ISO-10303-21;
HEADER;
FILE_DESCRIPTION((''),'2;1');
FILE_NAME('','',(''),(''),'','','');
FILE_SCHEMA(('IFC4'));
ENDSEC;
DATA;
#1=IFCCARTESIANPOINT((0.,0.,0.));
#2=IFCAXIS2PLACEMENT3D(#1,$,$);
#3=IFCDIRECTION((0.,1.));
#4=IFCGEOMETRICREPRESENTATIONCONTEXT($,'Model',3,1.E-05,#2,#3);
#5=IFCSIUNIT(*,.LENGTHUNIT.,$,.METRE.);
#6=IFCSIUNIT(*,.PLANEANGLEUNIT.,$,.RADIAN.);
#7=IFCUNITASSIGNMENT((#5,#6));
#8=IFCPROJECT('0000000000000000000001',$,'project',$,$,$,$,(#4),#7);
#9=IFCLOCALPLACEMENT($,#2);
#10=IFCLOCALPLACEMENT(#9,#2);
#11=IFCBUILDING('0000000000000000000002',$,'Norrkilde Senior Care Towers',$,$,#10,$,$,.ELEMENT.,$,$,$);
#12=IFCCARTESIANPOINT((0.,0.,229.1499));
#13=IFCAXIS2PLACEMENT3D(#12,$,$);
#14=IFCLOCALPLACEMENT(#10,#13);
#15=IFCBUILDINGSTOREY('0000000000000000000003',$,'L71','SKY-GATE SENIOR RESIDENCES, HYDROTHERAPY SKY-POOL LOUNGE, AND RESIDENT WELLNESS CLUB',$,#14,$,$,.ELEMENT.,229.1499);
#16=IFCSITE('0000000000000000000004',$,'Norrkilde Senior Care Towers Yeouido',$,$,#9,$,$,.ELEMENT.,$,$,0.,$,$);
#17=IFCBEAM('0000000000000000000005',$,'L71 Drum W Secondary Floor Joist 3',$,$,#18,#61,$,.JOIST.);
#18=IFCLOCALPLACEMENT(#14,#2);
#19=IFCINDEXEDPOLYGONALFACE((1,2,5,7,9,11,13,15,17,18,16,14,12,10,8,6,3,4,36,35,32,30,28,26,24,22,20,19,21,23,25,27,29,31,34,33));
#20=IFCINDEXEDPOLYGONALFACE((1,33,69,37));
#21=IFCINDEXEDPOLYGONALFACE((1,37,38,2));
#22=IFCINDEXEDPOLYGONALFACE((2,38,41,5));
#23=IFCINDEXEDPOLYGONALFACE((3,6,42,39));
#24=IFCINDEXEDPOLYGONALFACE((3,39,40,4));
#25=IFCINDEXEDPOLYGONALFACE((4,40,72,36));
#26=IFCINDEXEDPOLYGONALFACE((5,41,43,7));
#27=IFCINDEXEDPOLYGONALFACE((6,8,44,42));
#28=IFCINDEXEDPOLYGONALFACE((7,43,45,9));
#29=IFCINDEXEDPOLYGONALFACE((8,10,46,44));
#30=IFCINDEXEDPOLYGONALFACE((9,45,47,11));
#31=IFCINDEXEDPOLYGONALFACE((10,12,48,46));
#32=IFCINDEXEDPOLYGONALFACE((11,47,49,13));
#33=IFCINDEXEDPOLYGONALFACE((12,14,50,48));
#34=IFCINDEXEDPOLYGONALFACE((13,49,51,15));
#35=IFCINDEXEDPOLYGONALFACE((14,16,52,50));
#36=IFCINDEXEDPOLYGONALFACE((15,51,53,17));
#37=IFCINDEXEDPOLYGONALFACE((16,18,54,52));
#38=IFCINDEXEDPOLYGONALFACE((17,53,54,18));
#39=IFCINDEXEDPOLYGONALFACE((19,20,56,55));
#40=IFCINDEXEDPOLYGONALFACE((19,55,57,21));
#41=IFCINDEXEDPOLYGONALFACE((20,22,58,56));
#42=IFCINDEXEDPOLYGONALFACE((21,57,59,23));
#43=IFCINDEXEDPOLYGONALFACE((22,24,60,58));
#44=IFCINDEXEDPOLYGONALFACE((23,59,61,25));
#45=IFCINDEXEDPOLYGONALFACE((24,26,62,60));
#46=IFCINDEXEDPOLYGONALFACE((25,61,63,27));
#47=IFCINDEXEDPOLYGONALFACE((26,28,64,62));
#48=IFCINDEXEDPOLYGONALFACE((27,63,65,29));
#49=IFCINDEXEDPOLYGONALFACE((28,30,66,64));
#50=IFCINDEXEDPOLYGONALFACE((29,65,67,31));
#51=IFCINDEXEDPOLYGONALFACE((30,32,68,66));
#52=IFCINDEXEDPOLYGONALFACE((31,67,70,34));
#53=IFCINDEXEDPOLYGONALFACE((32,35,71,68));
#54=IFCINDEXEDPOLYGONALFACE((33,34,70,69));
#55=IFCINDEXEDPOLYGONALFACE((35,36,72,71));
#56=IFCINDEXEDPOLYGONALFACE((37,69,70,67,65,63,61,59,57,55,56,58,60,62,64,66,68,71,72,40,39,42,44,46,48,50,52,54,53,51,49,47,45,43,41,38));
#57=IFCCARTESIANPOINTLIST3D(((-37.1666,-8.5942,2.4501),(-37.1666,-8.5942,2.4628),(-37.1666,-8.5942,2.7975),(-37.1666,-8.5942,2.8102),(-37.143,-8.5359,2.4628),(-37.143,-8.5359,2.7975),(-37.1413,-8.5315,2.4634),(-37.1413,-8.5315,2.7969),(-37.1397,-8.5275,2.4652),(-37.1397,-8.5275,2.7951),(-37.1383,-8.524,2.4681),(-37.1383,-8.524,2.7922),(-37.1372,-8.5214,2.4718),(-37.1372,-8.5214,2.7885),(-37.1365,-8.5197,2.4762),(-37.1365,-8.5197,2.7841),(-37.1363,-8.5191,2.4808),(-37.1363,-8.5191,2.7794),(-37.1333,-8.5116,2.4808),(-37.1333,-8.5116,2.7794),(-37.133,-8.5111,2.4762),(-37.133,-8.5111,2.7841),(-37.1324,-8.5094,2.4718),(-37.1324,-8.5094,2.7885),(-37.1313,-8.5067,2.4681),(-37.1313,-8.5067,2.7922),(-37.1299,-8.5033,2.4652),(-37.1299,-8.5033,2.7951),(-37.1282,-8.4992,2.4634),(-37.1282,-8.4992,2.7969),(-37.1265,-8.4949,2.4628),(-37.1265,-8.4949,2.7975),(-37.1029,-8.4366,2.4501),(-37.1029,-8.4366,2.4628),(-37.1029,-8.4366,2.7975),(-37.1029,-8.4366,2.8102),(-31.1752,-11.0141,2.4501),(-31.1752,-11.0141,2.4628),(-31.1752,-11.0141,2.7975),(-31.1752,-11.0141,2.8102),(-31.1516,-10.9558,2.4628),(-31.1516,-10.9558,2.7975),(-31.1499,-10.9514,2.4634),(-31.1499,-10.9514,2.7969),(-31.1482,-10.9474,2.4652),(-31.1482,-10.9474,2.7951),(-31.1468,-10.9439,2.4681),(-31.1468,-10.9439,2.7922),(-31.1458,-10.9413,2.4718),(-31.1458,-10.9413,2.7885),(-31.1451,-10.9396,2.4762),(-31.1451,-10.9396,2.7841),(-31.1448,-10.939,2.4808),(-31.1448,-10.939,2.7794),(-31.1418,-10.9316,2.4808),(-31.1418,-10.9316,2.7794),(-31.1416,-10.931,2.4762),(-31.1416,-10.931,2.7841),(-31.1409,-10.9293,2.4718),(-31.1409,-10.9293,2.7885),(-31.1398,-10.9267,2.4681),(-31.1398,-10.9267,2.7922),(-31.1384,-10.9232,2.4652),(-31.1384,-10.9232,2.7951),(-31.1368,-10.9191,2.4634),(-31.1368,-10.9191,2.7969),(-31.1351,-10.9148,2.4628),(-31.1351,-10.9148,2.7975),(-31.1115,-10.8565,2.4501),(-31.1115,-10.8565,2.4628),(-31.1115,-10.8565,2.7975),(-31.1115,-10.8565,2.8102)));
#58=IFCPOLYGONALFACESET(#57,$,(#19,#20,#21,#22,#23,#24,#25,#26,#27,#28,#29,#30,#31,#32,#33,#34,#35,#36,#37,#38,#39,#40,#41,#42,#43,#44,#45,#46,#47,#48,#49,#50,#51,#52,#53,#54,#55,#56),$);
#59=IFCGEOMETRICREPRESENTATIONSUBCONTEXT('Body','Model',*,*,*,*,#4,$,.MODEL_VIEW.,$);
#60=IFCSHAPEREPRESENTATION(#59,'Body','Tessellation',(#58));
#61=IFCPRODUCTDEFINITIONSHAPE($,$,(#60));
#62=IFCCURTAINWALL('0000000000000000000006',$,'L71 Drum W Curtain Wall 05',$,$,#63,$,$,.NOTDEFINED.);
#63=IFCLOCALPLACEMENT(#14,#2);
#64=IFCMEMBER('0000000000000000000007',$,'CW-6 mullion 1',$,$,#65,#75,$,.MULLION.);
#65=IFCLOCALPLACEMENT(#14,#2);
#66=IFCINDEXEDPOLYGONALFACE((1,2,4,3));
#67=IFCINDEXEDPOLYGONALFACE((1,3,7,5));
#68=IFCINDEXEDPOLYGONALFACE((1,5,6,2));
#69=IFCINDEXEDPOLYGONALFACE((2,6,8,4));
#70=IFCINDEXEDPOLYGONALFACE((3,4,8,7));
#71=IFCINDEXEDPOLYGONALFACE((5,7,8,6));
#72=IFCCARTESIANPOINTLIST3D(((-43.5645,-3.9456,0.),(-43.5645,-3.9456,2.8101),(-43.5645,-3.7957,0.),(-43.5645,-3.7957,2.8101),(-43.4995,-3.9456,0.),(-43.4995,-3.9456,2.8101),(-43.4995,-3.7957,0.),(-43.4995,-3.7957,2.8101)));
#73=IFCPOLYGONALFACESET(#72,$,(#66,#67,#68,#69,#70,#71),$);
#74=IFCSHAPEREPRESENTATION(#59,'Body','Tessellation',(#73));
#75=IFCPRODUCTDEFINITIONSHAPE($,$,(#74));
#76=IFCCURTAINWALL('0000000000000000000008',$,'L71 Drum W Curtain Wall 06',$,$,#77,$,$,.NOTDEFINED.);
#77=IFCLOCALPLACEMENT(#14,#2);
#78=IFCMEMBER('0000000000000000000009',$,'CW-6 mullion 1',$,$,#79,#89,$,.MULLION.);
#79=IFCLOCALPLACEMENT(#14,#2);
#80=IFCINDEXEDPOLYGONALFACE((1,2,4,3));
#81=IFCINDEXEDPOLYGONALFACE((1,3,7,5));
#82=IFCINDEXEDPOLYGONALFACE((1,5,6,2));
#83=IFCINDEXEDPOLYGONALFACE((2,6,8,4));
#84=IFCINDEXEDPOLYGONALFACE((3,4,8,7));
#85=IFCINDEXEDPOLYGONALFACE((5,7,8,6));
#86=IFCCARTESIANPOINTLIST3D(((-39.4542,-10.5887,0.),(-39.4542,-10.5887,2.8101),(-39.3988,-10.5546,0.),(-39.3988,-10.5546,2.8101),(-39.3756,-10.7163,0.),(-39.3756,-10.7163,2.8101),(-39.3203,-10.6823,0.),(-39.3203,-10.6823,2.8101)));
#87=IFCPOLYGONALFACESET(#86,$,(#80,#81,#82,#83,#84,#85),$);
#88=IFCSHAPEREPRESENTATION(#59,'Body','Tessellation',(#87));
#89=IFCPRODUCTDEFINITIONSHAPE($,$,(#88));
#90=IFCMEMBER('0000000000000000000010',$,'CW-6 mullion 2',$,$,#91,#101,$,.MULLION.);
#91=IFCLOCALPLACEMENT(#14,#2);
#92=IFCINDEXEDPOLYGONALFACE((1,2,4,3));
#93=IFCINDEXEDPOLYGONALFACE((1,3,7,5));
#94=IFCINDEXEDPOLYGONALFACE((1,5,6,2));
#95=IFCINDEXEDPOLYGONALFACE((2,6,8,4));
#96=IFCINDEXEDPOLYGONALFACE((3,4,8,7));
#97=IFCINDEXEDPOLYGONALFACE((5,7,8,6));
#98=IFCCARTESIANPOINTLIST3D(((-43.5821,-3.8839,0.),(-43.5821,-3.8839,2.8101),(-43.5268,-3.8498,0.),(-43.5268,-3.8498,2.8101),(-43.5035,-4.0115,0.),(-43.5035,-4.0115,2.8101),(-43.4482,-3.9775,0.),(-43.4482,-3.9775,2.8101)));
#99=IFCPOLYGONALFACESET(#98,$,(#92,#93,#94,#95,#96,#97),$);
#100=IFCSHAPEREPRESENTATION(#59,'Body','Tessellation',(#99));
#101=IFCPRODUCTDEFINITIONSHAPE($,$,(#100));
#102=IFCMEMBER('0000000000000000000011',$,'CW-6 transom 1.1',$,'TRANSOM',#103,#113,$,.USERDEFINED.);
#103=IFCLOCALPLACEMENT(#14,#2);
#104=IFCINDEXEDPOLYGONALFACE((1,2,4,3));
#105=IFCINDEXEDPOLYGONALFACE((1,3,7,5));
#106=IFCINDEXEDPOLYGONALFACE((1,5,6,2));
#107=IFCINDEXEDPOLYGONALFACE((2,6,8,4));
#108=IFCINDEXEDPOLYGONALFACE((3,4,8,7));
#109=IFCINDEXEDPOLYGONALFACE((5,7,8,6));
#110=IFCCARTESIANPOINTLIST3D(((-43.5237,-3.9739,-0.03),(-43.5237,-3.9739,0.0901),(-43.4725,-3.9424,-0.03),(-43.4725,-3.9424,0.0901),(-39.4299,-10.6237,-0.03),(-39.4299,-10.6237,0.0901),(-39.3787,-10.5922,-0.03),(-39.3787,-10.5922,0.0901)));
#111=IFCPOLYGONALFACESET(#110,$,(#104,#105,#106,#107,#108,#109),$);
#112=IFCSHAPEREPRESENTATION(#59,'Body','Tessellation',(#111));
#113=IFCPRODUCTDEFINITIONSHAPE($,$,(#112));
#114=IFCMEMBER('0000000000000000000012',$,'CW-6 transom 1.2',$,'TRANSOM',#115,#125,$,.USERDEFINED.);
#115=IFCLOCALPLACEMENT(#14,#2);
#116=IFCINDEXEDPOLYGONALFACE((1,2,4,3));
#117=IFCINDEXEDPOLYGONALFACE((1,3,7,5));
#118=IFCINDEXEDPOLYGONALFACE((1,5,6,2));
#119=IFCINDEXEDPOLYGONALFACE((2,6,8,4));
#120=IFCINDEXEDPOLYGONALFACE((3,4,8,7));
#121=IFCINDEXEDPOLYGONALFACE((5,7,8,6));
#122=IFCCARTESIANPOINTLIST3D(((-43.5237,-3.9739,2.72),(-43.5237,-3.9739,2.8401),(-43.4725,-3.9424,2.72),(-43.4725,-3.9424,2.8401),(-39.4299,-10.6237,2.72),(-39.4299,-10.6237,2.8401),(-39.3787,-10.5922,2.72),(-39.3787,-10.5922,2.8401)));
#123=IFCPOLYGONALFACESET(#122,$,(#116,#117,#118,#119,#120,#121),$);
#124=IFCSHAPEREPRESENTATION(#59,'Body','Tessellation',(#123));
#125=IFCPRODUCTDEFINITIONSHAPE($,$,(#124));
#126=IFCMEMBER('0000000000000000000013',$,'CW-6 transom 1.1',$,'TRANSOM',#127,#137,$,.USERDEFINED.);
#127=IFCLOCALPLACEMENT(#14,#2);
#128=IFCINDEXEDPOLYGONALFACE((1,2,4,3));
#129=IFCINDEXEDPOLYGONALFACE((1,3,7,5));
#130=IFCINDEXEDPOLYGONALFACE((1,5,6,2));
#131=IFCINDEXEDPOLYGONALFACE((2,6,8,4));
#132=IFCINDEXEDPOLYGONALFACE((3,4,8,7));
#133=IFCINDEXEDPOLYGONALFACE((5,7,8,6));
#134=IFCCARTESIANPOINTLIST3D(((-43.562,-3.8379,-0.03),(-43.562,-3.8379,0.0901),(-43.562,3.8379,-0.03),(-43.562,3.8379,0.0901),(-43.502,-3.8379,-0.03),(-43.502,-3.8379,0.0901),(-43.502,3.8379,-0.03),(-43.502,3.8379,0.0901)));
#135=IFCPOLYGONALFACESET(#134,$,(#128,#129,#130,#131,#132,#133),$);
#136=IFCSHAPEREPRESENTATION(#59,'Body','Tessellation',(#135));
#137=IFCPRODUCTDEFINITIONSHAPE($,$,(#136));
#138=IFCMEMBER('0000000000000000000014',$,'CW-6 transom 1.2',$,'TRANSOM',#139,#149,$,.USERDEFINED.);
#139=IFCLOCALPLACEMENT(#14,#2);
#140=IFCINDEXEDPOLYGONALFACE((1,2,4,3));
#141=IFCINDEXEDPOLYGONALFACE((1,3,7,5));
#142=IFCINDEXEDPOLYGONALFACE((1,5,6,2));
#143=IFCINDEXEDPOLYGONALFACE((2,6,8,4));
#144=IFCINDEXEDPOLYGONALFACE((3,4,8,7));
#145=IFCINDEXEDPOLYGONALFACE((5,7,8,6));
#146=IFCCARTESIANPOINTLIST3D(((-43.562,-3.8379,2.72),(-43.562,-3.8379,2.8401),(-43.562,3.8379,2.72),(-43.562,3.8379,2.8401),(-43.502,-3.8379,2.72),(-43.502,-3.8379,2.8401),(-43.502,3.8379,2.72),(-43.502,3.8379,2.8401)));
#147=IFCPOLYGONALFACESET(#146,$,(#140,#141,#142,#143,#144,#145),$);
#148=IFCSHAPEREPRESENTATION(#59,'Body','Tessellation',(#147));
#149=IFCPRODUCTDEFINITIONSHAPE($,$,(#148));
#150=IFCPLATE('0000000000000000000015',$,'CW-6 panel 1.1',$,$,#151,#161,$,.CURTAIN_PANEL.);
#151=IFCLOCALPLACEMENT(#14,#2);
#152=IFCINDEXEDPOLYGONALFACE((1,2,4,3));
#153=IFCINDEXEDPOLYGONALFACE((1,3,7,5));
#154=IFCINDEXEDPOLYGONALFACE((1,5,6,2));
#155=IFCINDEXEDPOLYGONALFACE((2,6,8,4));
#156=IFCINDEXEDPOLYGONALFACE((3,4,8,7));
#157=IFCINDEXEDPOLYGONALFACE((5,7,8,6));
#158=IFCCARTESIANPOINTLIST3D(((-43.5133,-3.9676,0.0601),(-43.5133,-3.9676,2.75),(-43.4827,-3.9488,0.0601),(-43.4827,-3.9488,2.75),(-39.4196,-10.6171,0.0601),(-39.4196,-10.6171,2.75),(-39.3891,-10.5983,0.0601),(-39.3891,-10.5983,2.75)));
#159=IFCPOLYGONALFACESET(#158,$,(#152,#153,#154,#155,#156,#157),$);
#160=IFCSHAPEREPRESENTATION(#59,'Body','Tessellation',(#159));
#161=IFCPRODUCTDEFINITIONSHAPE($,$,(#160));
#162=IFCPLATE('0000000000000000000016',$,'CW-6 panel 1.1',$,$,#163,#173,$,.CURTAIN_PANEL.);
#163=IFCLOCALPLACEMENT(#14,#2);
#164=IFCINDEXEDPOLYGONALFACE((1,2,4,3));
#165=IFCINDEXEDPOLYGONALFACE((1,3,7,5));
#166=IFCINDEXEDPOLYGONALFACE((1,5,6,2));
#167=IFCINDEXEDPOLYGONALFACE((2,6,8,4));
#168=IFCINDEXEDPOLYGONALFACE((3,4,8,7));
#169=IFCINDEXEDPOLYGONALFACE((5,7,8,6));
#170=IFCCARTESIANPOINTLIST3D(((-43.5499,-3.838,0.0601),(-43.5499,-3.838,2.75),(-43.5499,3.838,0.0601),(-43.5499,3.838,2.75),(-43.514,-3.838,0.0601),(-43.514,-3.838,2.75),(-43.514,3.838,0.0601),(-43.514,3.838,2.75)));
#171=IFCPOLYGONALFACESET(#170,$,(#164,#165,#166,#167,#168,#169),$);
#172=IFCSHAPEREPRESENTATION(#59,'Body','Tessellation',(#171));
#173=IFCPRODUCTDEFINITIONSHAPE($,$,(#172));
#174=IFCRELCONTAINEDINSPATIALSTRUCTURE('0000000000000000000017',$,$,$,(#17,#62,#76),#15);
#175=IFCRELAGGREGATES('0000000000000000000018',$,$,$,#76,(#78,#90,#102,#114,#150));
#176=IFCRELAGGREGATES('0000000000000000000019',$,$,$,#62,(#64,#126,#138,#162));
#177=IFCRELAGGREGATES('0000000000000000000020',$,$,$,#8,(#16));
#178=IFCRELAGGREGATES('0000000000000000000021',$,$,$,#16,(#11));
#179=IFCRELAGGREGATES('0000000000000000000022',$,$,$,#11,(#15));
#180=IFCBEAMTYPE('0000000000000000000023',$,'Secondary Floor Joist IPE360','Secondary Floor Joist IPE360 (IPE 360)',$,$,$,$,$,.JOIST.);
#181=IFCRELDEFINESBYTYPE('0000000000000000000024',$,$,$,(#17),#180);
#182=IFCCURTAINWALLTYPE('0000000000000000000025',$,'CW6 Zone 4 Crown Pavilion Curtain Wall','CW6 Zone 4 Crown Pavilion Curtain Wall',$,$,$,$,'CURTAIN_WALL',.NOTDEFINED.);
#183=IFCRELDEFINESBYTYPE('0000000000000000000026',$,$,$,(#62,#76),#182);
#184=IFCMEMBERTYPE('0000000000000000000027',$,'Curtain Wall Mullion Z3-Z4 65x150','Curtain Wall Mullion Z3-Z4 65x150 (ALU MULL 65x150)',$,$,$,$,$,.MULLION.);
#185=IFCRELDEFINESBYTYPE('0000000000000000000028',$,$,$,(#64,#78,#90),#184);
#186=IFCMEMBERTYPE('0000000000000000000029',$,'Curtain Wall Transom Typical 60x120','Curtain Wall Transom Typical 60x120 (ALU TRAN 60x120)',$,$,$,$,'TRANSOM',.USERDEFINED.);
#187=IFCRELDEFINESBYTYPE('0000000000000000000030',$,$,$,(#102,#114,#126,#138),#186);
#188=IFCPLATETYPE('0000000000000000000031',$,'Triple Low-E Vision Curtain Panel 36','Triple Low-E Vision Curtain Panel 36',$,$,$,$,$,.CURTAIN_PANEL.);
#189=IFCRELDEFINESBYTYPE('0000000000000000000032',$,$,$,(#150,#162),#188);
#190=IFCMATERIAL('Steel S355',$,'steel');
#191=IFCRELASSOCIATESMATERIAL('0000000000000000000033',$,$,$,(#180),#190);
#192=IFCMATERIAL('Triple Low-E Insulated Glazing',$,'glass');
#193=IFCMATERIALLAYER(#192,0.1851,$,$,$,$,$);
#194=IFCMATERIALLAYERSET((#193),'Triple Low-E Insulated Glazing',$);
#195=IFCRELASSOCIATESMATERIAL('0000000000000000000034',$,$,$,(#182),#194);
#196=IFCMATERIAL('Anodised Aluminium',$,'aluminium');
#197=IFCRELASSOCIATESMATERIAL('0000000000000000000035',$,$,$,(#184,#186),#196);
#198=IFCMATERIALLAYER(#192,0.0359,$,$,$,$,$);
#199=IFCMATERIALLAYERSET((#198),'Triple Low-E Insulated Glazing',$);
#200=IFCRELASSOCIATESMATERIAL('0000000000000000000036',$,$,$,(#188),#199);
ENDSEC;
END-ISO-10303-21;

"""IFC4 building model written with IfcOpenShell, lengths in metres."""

from ifc_helpers import new_model, si_unit, direction, frame, origin, origin_2d, place, context, subcontext, project, spatial, rectangle, i_section, extrude, source, transform, mapped, material, layer, layer_set, material_profile, profile_set, type_object, type_shapes, element, aggregate, save


model = new_model("IFC4")

# Units and contexts
model_context = context("Model", 3, precision=1e-05, world=origin(), true_north=direction((0.0, 1.0)))
body_context = subcontext(model_context, "Body", "Model", "MODEL_VIEW")
ifc_project = project(units=[si_unit("LENGTHUNIT", "METRE"), si_unit("PLANEANGLEUNIT", "RADIAN")], contexts=[model_context])

# Site, building, storey
site_placement = place(None, origin())
site = spatial("IfcSite", under=ifc_project, at=site_placement, Name="Norrkilde Senior Care Towers Yeouido", CompositionType="ELEMENT", RefElevation=0.0)
building_placement = place(site_placement, origin())
building = spatial("IfcBuilding", under=site, at=building_placement, Name="Norrkilde Senior Care Towers", CompositionType="ELEMENT")
storey_placement = place(building_placement, frame((0.0, 0.0, 229.1499)))
storey = spatial("IfcBuildingStorey", under=building, at=storey_placement, Name="L71", Description="SKY-GATE SENIOR RESIDENCES, HYDROTHERAPY SKY-POOL LOUNGE, AND RESIDENT WELLNESS CLUB", CompositionType="ELEMENT", Elevation=229.1499)

# Beam
ifc_material_1 = material(Name="Steel S355", Category="steel")
ifc_material_profile_1 = material_profile(ifc_material_1, i_section(OverallWidth=0.1699, OverallDepth=0.3601, WebThickness=0.0081, FlangeThickness=0.0127, FilletRadius=0.0181, at=origin_2d()), Name="IPE 360")
ifc_profile_set_1 = profile_set([ifc_material_profile_1], Name="Steel S355")
beam_type_1 = type_object("IfcBeamType", Name="Secondary Floor Joist IPE360", Description="Secondary Floor Joist IPE360 (IPE 360)", PredefinedType="JOIST", material=ifc_profile_set_1)
shared_shape_1 = source(origin(), body_context, "Body", "SweptSolid", [
    extrude(i_section(OverallWidth=0.1699, OverallDepth=0.3601, WebThickness=0.0081, FlangeThickness=0.0127, FilletRadius=0.0181, at=origin_2d()), origin(), (0.0, 0.0, 1.0), 6.4617),
])
type_shapes(beam_type_1, [shared_shape_1])
beam_1_placement = place(storey_placement, frame((-37.1348, -8.5154, 2.6301), z_axis=(0.927226, -0.374502, 0.0), x_axis=(0.374502, 0.927226, 0.0)))
element("IfcBeam", 1, at=beam_1_placement, inside=storey, type_object=beam_type_1, Name="L71 Drum W Secondary Floor Joist 3", PredefinedType="JOIST", context=body_context, shape_type="MappedRepresentation", body=[
    mapped(shared_shape_1, transform((0.0, 0.0, 0.0), x_axis=(1.0, 0.0, 0.0), y_axis=(0.0, 1.0, 0.0), z_axis=(0.0, 0.0, 1.0), scale=1.0)),
])

# Curtain wall, member
ifc_material_2 = material(Name="Triple Low-E Insulated Glazing", Category="glass")
ifc_layer_1 = layer(ifc_material_2, 0.1851)
ifc_layer_set_1 = layer_set([ifc_layer_1], Name="Triple Low-E Insulated Glazing")
curtain_wall_type = type_object("IfcCurtainWallType", Name="CW6 Zone 4 Crown Pavilion Curtain Wall", Description="CW6 Zone 4 Crown Pavilion Curtain Wall", ElementType="CURTAIN_WALL", PredefinedType="NOTDEFINED", material=ifc_layer_set_1)
curtain_wall_1_placement = place(storey_placement, origin())
curtain_wall_1 = element("IfcCurtainWall", 2, at=curtain_wall_1_placement, inside=storey, type_object=curtain_wall_type, Name="L71 Drum W Curtain Wall 05", PredefinedType="NOTDEFINED")
ifc_material_3 = material(Name="Anodised Aluminium", Category="aluminium")
ifc_material_profile_2 = material_profile(ifc_material_3, rectangle(XDim=0.0649, YDim=0.1499, at=origin_2d()), Name="ALU MULL 65x150")
ifc_profile_set_2 = profile_set([ifc_material_profile_2], Name="Anodised Aluminium")
member_type_1 = type_object("IfcMemberType", Name="Curtain Wall Mullion Z3-Z4 65x150", Description="Curtain Wall Mullion Z3-Z4 65x150 (ALU MULL 65x150)", PredefinedType="MULLION", material=ifc_profile_set_2)
shared_shape_2 = source(origin(), body_context, "Body", "SweptSolid", [
    extrude(rectangle(XDim=0.0649, YDim=0.1499, at=origin_2d()), origin(), (0.0, 0.0, 1.0), 2.8101),
])
type_shapes(member_type_1, [shared_shape_2])
member_1_placement = place(storey_placement, frame((-43.532, -3.8706, 0.0), z_axis=(0.0, 0.0, 1.0), x_axis=(-1.0, 0.0, 0.0)))
member_1 = element("IfcMember", 3, at=member_1_placement, type_object=member_type_1, Name="CW-6 mullion 1", PredefinedType="MULLION", context=body_context, shape_type="MappedRepresentation", body=[
    mapped(shared_shape_2, transform((0.0, 0.0, 0.0), x_axis=(1.0, 0.0, 0.0), y_axis=(0.0, 1.0, 0.0), z_axis=(0.0, 0.0, 1.0), scale=1.0)),
])

# Curtain wall, members
curtain_wall_2_placement = place(storey_placement, origin())
curtain_wall_2 = element("IfcCurtainWall", 4, at=curtain_wall_2_placement, inside=storey, type_object=curtain_wall_type, Name="L71 Drum W Curtain Wall 06", PredefinedType="NOTDEFINED")
member_2_placement = place(storey_placement, frame((-39.3872, -10.6355, 0.0), z_axis=(0.0, 0.0, 1.0), x_axis=(-0.851563, -0.524253, 0.0)))
member_2 = element("IfcMember", 5, at=member_2_placement, type_object=member_type_1, Name="CW-6 mullion 1", PredefinedType="MULLION", context=body_context, shape_type="MappedRepresentation", body=[
    mapped(shared_shape_2, transform((0.0, 0.0, 0.0), x_axis=(1.0, 0.0, 0.0), y_axis=(0.0, 1.0, 0.0), z_axis=(0.0, 0.0, 1.0), scale=1.0)),
])
member_3_placement = place(storey_placement, frame((-43.5151, -3.9307, 0.0), z_axis=(0.0, 0.0, 1.0), x_axis=(-0.851563, -0.524253, 0.0)))
member_3 = element("IfcMember", 6, at=member_3_placement, type_object=member_type_1, Name="CW-6 mullion 2", PredefinedType="MULLION", context=body_context, shape_type="MappedRepresentation", body=[
    mapped(shared_shape_2, transform((0.0, 0.0, 0.0), x_axis=(1.0, 0.0, 0.0), y_axis=(0.0, 1.0, 0.0), z_axis=(0.0, 0.0, 1.0), scale=1.0)),
])
ifc_material_profile_3 = material_profile(ifc_material_3, rectangle(XDim=0.0601, YDim=0.1201, at=origin_2d()), Name="ALU TRAN 60x120")
ifc_profile_set_3 = profile_set([ifc_material_profile_3], Name="Anodised Aluminium")
member_type_2 = type_object("IfcMemberType", Name="Curtain Wall Transom Typical 60x120", Description="Curtain Wall Transom Typical 60x120 (ALU TRAN 60x120)", ElementType="TRANSOM", PredefinedType="USERDEFINED", material=ifc_profile_set_3)
shared_shape_3 = source(origin(), body_context, "Body", "SweptSolid", [
    extrude(rectangle(XDim=0.0601, YDim=0.1201, at=origin_2d()), origin(), (0.0, 0.0, 1.0), 7.8088),
])
member_4_placement = place(storey_placement, frame((-39.4043, -10.6079, 0.03), z_axis=(-0.524251, 0.851564, 0.0), x_axis=(-0.851564, -0.524251, 0.0)))
member_4 = element("IfcMember", 7, at=member_4_placement, type_object=member_type_2, Name="CW-6 transom 1.1", ObjectType="TRANSOM", PredefinedType="USERDEFINED", context=body_context, shape_type="MappedRepresentation", body=[
    mapped(shared_shape_3, transform((0.0, 0.0, 0.0), x_axis=(1.0, 0.0, 0.0), y_axis=(0.0, 1.0, 0.0), z_axis=(0.0, 0.0, 1.0), scale=1.0)),
])
member_5_placement = place(storey_placement, frame((-39.4043, -10.6079, 2.78), z_axis=(-0.524251, 0.851564, 0.0), x_axis=(-0.851564, -0.524251, 0.0)))
member_5 = element("IfcMember", 8, at=member_5_placement, type_object=member_type_2, Name="CW-6 transom 1.2", ObjectType="TRANSOM", PredefinedType="USERDEFINED", context=body_context, shape_type="MappedRepresentation", body=[
    mapped(shared_shape_3, transform((0.0, 0.0, 0.0), x_axis=(1.0, 0.0, 0.0), y_axis=(0.0, 1.0, 0.0), z_axis=(0.0, 0.0, 1.0), scale=1.0)),
])

# Members
shared_shape_4 = source(origin(), body_context, "Body", "SweptSolid", [
    extrude(rectangle(XDim=0.0601, YDim=0.1201, at=origin_2d()), origin(), (0.0, 0.0, 1.0), 7.6758),
])
type_shapes(member_type_2, [shared_shape_3, shared_shape_4])
member_6_placement = place(storey_placement, frame((-43.532, -3.8379, 0.03), z_axis=(0.0, 1.0, 0.0), x_axis=(-1.0, 0.0, 0.0)))
member_6 = element("IfcMember", 9, at=member_6_placement, type_object=member_type_2, Name="CW-6 transom 1.1", ObjectType="TRANSOM", PredefinedType="USERDEFINED", context=body_context, shape_type="MappedRepresentation", body=[
    mapped(shared_shape_4, transform((0.0, 0.0, 0.0), x_axis=(1.0, 0.0, 0.0), y_axis=(0.0, 1.0, 0.0), z_axis=(0.0, 0.0, 1.0), scale=1.0)),
])
member_7_placement = place(storey_placement, frame((-43.532, -3.8379, 2.78), z_axis=(0.0, 1.0, 0.0), x_axis=(-1.0, 0.0, 0.0)))
member_7 = element("IfcMember", 10, at=member_7_placement, type_object=member_type_2, Name="CW-6 transom 1.2", ObjectType="TRANSOM", PredefinedType="USERDEFINED", context=body_context, shape_type="MappedRepresentation", body=[
    mapped(shared_shape_4, transform((0.0, 0.0, 0.0), x_axis=(1.0, 0.0, 0.0), y_axis=(0.0, 1.0, 0.0), z_axis=(0.0, 0.0, 1.0), scale=1.0)),
])

# Plates
ifc_layer_2 = layer(ifc_material_2, 0.0359)
ifc_layer_set_2 = layer_set([ifc_layer_2], Name="Triple Low-E Insulated Glazing")
plate_type = type_object("IfcPlateType", Name="Triple Low-E Vision Curtain Panel 36", Description="Triple Low-E Vision Curtain Panel 36", PredefinedType="CURTAIN_PANEL", material=ifc_layer_set_2)
shared_shape_5 = source(origin(), body_context, "Body", "SweptSolid", [
    extrude(rectangle(XDim=7.8086, YDim=0.0359, at=origin_2d()), origin(), (0.0, 0.0, 1.0), 2.6899),
])
plate_1_placement = place(storey_placement, frame((-41.4512, -7.283, 0.0601), z_axis=(0.0, 0.0, 1.0), x_axis=(-0.524253, 0.851563, 0.0)))
plate_1 = element("IfcPlate", 11, at=plate_1_placement, type_object=plate_type, Name="CW-6 panel 1.1", PredefinedType="CURTAIN_PANEL", context=body_context, shape_type="MappedRepresentation", body=[
    mapped(shared_shape_5, transform((0.0, 0.0, 0.0), x_axis=(1.0, 0.0, 0.0), y_axis=(0.0, 1.0, 0.0), z_axis=(0.0, 0.0, 1.0), scale=1.0)),
])
aggregate(curtain_wall_2, [member_2, member_3, member_4, member_5, plate_1])
shared_shape_6 = source(origin(), body_context, "Body", "SweptSolid", [
    extrude(rectangle(XDim=7.676, YDim=0.0359, at=origin_2d()), origin(), (0.0, 0.0, 1.0), 2.6899),
])
type_shapes(plate_type, [shared_shape_5, shared_shape_6])
plate_2_placement = place(storey_placement, frame((-43.532, 0.0, 0.0601), z_axis=(0.0, 0.0, 1.0), x_axis=(0.0, 1.0, 0.0)))
plate_2 = element("IfcPlate", 12, at=plate_2_placement, type_object=plate_type, Name="CW-6 panel 1.1", PredefinedType="CURTAIN_PANEL", context=body_context, shape_type="MappedRepresentation", body=[
    mapped(shared_shape_6, transform((0.0, 0.0, 0.0), x_axis=(1.0, 0.0, 0.0), y_axis=(0.0, 1.0, 0.0), z_axis=(0.0, 0.0, 1.0), scale=1.0)),
])
aggregate(curtain_wall_1, [member_1, member_6, member_7, plate_2])

save(model, "model.ifc")
